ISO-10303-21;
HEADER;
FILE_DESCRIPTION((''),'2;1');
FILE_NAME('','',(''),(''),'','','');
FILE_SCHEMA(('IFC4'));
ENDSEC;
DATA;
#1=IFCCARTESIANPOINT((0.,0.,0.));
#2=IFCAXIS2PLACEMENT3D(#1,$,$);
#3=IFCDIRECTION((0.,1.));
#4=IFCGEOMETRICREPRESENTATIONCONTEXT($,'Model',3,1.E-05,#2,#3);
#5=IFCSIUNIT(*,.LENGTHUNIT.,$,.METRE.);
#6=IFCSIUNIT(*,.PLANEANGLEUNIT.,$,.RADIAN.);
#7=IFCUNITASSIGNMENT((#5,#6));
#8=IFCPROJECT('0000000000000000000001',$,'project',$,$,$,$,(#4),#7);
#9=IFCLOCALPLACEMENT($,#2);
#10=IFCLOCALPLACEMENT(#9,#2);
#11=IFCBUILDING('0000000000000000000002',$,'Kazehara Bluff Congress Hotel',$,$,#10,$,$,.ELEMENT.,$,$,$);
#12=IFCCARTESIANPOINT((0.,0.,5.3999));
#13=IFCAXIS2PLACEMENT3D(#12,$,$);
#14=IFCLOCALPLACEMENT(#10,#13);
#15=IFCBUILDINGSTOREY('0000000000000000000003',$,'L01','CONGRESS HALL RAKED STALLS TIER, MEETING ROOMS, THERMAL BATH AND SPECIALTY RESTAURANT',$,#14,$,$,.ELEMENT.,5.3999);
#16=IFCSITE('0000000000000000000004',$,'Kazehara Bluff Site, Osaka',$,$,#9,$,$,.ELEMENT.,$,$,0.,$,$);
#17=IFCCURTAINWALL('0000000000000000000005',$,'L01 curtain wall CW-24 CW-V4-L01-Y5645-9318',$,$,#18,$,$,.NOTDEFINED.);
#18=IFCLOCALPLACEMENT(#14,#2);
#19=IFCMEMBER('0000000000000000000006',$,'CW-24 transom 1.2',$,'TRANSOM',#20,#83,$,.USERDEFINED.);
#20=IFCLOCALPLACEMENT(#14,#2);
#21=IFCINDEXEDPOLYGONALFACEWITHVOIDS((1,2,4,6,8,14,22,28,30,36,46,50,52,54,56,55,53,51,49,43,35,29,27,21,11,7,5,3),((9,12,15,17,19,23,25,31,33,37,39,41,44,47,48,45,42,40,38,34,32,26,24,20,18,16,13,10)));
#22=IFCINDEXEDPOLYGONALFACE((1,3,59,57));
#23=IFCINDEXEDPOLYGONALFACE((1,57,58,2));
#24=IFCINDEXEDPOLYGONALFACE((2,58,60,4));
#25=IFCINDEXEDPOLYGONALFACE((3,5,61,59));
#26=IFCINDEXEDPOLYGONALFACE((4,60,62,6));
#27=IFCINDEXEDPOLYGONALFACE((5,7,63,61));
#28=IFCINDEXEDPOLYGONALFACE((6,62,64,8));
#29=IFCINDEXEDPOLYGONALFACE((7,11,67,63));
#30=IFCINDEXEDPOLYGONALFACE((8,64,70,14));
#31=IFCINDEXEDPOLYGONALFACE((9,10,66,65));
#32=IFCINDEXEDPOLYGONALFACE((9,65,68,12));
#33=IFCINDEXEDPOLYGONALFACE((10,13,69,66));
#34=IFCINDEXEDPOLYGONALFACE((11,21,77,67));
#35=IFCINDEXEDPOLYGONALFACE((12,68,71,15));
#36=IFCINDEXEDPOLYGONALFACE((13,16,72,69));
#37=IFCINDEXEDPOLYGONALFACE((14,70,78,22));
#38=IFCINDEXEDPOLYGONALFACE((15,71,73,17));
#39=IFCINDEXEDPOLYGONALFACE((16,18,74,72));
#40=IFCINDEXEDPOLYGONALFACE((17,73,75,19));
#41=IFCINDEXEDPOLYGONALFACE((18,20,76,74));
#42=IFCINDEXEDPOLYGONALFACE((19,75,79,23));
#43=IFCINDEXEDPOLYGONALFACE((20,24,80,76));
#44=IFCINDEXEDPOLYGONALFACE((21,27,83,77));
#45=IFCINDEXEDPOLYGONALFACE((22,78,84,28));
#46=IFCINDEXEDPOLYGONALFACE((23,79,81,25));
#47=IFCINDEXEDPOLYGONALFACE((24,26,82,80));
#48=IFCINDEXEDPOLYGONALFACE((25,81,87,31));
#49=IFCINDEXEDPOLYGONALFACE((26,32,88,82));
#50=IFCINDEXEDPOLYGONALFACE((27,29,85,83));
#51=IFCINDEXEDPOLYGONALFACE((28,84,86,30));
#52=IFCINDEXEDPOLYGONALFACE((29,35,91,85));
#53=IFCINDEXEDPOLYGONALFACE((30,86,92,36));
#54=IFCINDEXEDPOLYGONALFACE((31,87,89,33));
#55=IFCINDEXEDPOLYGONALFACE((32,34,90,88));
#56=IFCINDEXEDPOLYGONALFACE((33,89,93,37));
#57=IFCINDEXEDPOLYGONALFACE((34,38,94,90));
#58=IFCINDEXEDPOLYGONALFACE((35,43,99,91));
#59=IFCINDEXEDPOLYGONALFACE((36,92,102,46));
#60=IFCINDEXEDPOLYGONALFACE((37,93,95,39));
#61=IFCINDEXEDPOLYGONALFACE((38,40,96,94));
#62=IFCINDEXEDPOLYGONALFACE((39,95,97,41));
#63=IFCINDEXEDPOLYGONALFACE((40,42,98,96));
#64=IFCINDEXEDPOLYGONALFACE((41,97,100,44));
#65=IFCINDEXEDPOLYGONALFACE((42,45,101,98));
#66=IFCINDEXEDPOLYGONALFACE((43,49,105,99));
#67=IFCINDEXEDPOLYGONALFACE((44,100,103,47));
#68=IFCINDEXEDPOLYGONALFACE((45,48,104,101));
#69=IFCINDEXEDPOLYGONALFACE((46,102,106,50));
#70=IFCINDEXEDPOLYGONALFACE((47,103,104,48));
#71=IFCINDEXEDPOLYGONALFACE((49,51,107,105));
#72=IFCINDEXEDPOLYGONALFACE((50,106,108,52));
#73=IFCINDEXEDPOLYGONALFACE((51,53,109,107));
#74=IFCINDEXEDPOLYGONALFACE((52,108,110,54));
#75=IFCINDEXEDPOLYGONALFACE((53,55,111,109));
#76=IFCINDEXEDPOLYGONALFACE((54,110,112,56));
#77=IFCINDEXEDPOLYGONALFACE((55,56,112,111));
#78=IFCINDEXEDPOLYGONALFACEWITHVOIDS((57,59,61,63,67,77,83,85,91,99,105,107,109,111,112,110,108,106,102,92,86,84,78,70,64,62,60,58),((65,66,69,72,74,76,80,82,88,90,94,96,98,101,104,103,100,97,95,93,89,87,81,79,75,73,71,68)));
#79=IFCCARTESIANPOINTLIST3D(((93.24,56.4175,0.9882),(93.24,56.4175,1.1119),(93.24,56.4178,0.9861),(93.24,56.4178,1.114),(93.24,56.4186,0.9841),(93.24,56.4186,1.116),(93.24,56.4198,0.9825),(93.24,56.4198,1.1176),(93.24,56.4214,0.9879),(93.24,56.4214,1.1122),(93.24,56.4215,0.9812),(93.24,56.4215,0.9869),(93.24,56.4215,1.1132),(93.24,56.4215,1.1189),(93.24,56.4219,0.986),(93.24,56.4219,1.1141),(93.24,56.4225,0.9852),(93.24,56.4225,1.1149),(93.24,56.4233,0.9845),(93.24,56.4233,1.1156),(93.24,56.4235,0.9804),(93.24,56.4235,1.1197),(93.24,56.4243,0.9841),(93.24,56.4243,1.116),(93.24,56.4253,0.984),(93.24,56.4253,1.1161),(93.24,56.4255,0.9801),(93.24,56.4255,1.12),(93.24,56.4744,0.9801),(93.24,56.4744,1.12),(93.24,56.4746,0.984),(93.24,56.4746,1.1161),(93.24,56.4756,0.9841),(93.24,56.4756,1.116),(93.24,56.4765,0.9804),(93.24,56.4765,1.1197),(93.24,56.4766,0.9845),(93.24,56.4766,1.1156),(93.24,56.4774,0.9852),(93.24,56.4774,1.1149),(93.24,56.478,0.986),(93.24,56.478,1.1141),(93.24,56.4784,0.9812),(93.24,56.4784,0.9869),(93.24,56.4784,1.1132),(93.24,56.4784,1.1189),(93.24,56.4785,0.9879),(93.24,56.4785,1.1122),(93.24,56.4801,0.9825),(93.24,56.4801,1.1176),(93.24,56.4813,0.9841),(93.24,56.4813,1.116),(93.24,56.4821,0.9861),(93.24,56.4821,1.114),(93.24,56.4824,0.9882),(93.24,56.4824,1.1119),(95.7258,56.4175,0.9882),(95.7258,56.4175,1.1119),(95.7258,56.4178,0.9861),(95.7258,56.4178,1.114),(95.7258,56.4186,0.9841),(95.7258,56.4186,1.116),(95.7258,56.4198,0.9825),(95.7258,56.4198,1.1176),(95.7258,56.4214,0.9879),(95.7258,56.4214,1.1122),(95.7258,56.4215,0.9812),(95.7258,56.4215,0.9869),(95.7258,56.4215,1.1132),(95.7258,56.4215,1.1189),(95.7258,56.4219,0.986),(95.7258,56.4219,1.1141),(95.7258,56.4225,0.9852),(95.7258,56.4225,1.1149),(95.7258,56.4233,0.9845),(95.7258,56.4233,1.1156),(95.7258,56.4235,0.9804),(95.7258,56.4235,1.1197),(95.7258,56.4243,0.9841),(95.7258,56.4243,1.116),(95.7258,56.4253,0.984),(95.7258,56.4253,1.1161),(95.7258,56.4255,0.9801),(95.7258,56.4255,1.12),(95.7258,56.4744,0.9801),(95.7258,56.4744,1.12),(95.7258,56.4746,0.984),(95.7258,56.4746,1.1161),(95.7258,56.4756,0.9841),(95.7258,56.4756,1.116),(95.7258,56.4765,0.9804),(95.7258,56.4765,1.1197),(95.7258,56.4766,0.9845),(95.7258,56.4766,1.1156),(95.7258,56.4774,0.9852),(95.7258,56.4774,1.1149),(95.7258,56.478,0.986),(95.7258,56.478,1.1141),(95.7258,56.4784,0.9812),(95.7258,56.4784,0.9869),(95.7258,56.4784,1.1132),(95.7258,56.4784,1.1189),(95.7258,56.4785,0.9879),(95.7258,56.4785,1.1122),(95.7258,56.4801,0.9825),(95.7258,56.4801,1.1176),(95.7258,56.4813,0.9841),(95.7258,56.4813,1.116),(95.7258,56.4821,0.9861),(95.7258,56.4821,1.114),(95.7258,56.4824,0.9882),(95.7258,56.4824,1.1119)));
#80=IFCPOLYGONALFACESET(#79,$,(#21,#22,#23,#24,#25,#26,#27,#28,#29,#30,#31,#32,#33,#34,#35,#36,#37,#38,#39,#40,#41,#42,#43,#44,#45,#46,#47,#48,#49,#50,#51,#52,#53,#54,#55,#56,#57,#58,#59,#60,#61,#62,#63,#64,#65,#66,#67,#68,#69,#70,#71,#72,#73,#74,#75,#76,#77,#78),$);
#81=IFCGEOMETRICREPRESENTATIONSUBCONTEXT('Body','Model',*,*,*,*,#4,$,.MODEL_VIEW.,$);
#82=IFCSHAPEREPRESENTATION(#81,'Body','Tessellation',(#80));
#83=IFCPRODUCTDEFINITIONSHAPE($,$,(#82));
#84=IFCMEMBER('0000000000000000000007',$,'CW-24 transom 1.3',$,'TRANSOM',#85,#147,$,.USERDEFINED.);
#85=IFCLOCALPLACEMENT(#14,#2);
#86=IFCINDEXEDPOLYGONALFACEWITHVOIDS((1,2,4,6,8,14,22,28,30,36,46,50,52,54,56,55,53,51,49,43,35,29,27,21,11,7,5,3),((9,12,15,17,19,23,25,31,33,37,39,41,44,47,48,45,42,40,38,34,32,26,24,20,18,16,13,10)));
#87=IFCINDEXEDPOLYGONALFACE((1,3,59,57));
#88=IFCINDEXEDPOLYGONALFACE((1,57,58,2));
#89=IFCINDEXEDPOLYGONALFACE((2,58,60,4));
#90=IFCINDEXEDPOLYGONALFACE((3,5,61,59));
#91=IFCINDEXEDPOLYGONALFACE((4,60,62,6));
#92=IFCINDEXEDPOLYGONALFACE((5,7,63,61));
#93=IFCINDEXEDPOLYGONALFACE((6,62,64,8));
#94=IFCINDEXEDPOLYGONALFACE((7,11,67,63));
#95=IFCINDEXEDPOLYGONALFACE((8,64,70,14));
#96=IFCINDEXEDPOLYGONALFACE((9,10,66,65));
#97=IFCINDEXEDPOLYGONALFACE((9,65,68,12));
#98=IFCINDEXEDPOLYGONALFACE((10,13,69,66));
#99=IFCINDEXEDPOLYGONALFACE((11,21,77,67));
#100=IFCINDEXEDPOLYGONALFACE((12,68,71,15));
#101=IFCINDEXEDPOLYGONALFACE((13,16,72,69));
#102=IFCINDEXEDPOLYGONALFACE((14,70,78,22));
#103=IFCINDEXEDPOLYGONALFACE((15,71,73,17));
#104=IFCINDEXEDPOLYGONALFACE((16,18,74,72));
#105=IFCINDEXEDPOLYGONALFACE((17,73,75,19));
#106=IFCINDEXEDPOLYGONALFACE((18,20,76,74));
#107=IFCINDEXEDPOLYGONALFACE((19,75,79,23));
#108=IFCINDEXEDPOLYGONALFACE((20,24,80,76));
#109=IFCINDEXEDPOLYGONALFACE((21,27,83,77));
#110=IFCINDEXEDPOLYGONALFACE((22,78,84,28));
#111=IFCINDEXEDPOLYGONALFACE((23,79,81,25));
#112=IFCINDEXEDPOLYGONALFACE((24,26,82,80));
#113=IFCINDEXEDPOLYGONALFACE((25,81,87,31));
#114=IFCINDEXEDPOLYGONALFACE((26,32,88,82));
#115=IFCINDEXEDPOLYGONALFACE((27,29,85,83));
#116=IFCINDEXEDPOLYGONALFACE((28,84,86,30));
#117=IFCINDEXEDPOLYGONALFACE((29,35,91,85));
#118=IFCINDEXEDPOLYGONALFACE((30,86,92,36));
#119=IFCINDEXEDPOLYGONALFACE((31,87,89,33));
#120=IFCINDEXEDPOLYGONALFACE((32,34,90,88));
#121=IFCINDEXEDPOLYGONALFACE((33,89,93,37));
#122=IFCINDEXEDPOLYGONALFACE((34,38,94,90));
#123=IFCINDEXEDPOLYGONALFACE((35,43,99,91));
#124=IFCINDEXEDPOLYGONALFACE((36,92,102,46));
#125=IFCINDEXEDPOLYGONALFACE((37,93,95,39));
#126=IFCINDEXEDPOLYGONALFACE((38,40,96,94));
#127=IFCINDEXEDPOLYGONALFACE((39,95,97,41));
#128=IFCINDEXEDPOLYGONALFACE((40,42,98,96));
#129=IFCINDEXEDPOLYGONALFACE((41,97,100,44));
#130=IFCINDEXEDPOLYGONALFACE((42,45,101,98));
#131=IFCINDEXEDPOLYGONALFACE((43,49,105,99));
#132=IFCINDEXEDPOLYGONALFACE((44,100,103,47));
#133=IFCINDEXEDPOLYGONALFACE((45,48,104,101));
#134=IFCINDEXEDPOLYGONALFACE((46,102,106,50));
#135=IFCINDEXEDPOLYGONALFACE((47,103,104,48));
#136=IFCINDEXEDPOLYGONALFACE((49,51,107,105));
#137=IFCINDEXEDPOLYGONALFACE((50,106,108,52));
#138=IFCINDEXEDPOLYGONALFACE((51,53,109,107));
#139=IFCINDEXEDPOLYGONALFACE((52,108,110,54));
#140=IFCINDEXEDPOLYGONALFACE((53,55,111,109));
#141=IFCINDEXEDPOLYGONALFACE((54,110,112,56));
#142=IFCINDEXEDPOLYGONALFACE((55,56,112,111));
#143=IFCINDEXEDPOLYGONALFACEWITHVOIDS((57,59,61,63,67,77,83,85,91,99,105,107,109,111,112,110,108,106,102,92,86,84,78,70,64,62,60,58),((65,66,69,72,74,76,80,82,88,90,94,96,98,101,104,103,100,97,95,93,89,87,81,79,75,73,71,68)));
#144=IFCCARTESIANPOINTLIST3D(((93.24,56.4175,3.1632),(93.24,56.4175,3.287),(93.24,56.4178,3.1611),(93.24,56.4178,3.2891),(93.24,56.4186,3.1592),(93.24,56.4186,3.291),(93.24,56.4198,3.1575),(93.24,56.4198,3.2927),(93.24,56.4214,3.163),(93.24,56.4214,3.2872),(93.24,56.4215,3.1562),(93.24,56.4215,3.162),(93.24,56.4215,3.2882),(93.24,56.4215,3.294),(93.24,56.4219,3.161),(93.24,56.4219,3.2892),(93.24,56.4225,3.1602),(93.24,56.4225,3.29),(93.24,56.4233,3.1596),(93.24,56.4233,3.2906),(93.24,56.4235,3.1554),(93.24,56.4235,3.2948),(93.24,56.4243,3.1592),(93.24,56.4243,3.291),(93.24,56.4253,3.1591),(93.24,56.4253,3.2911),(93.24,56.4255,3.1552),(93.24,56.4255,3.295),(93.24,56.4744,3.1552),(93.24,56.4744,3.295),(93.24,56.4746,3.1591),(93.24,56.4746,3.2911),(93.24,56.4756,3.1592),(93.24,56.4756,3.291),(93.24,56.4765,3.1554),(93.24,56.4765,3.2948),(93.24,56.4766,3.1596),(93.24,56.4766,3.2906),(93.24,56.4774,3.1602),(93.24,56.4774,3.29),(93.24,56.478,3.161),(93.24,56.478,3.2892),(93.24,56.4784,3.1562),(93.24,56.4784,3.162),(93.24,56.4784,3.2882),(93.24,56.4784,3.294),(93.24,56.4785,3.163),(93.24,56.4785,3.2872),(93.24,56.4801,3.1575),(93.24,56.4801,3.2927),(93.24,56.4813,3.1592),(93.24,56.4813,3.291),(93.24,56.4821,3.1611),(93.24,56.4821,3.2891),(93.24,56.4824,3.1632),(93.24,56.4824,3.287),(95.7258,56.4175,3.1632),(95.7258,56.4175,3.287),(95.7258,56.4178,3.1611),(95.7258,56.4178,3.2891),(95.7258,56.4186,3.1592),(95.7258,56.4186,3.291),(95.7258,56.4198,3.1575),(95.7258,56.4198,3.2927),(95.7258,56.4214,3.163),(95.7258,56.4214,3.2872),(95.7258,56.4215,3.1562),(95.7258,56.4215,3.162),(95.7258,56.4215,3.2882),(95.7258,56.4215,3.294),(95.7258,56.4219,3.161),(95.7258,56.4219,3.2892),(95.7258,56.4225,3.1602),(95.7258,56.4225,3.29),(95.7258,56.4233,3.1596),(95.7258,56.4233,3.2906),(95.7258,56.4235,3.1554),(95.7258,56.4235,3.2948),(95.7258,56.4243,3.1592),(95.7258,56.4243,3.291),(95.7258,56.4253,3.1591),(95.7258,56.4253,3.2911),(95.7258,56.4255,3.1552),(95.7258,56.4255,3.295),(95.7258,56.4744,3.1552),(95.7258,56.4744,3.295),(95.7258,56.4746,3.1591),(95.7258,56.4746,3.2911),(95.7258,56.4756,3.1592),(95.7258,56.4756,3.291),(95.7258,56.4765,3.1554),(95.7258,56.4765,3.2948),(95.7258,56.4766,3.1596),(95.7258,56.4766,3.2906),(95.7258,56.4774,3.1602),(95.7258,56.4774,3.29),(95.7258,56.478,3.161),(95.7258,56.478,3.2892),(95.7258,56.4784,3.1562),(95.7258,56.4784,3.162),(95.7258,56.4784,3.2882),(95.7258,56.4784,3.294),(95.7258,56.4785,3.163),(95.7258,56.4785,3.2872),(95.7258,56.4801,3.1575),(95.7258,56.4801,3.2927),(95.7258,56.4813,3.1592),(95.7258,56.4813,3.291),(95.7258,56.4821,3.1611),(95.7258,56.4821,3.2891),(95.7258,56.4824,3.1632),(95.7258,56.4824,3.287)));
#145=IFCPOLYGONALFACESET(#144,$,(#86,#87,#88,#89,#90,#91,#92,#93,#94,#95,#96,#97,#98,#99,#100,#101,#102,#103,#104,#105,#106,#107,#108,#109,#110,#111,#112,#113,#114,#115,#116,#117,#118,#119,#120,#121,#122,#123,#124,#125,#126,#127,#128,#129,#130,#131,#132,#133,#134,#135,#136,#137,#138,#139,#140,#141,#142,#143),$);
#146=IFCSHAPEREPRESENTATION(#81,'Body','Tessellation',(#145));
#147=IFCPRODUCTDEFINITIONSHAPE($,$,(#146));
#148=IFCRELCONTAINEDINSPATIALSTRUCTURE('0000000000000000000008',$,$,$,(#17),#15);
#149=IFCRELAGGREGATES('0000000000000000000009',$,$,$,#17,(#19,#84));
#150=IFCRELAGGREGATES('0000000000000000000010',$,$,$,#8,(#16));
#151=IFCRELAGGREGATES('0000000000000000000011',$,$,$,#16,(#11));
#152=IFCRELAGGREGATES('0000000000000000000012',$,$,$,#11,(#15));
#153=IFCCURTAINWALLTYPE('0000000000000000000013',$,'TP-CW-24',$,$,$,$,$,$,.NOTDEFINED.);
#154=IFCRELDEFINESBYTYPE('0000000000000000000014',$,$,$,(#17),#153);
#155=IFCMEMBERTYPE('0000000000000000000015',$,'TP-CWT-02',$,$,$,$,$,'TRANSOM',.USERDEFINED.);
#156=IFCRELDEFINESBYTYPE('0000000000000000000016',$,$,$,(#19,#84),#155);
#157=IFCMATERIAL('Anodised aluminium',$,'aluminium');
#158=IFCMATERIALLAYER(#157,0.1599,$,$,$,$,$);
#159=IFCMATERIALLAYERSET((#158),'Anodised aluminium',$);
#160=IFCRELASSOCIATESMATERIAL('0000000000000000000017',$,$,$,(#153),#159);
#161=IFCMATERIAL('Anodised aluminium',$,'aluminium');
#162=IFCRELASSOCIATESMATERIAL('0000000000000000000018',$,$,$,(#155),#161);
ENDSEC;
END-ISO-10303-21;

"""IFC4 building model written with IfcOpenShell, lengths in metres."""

from ifc_helpers import new_model, si_unit, direction, frame, origin, origin_2d, place, context, subcontext, project, spatial, hollow_rectangle, extrude, material, layer, layer_set, material_profile, profile_set, type_object, element, aggregate, save


model = new_model("IFC4")

# Units and contexts
model_context = context("Model", 3, precision=1e-05, world=origin(), true_north=direction((0.0, 1.0)))
body_context = subcontext(model_context, "Body", "Model", "MODEL_VIEW")
ifc_project = project(units=[si_unit("LENGTHUNIT", "METRE"), si_unit("PLANEANGLEUNIT", "RADIAN")], contexts=[model_context])

# Site, building, storey
site_placement = place(None, origin())
site = spatial("IfcSite", under=ifc_project, at=site_placement, Name="Kazehara Bluff Site, Osaka", CompositionType="ELEMENT", RefElevation=0.0)
building_placement = place(site_placement, origin())
building = spatial("IfcBuilding", under=site, at=building_placement, Name="Kazehara Bluff Congress Hotel", CompositionType="ELEMENT")
storey_placement = place(building_placement, frame((0.0, 0.0, 5.3999)))
storey = spatial("IfcBuildingStorey", under=building, at=storey_placement, Name="L01", Description="CONGRESS HALL RAKED STALLS TIER, MEETING ROOMS, THERMAL BATH AND SPECIALTY RESTAURANT", CompositionType="ELEMENT", Elevation=5.3999)

# Curtain wall, members
ifc_material_1 = material(Name="Anodised aluminium", Category="aluminium")
ifc_layer_1 = layer(ifc_material_1, 0.1599)
ifc_layer_set_1 = layer_set([ifc_layer_1], Name="Anodised aluminium")
curtain_wall_type_1 = type_object("IfcCurtainWallType", Name="TP-CW-24", PredefinedType="NOTDEFINED", material=ifc_layer_set_1)
curtain_wall_1_placement = place(storey_placement, origin())
curtain_wall_1 = element("IfcCurtainWall", 1, at=curtain_wall_1_placement, inside=storey, type_object=curtain_wall_type_1, Name="L01 curtain wall CW-24 CW-V4-L01-Y5645-9318", PredefinedType="NOTDEFINED")
ifc_material_2 = material(Name="Anodised aluminium", Category="aluminium")
ifc_material_profile_1 = material_profile(ifc_material_2, hollow_rectangle(XDim=0.0649, YDim=0.1399, WallThickness=0.0039, InnerFilletRadius=0.0039, OuterFilletRadius=0.0081, at=origin_2d()))
ifc_profile_set_1 = profile_set([ifc_material_profile_1], Name="Anodised aluminium")
member_type_1 = type_object("IfcMemberType", Name="TP-CWT-02", ElementType="TRANSOM", PredefinedType="USERDEFINED", material=ifc_profile_set_1)
member_1_placement = place(storey_placement, frame((93.24, 56.45, 1.05), z_axis=(1.0, 0.0, 0.0), x_axis=(0.0, 1.0, 0.0)))
member_1 = element("IfcMember", 2, at=member_1_placement, type_object=member_type_1, Name="CW-24 transom 1.2", ObjectType="TRANSOM", PredefinedType="USERDEFINED", context=body_context, shape_type="SweptSolid", body=[
    extrude(hollow_rectangle(XDim=0.0649, YDim=0.1399, WallThickness=0.0039, InnerFilletRadius=0.0039, OuterFilletRadius=0.0081, at=origin_2d()), origin(), (0.0, 0.0, 1.0), 2.4858),
])
member_2_placement = place(storey_placement, frame((93.24, 56.45, 3.2251), z_axis=(1.0, 0.0, 0.0), x_axis=(0.0, 1.0, 0.0)))
member_2 = element("IfcMember", 3, at=member_2_placement, type_object=member_type_1, Name="CW-24 transom 1.3", ObjectType="TRANSOM", PredefinedType="USERDEFINED", context=body_context, shape_type="SweptSolid", body=[
    extrude(hollow_rectangle(XDim=0.0649, YDim=0.1399, WallThickness=0.0039, InnerFilletRadius=0.0039, OuterFilletRadius=0.0081, at=origin_2d()), origin(), (0.0, 0.0, 1.0), 2.4858),
])

aggregate(curtain_wall_1, [member_1, member_2])

save(model, "model.ifc")
